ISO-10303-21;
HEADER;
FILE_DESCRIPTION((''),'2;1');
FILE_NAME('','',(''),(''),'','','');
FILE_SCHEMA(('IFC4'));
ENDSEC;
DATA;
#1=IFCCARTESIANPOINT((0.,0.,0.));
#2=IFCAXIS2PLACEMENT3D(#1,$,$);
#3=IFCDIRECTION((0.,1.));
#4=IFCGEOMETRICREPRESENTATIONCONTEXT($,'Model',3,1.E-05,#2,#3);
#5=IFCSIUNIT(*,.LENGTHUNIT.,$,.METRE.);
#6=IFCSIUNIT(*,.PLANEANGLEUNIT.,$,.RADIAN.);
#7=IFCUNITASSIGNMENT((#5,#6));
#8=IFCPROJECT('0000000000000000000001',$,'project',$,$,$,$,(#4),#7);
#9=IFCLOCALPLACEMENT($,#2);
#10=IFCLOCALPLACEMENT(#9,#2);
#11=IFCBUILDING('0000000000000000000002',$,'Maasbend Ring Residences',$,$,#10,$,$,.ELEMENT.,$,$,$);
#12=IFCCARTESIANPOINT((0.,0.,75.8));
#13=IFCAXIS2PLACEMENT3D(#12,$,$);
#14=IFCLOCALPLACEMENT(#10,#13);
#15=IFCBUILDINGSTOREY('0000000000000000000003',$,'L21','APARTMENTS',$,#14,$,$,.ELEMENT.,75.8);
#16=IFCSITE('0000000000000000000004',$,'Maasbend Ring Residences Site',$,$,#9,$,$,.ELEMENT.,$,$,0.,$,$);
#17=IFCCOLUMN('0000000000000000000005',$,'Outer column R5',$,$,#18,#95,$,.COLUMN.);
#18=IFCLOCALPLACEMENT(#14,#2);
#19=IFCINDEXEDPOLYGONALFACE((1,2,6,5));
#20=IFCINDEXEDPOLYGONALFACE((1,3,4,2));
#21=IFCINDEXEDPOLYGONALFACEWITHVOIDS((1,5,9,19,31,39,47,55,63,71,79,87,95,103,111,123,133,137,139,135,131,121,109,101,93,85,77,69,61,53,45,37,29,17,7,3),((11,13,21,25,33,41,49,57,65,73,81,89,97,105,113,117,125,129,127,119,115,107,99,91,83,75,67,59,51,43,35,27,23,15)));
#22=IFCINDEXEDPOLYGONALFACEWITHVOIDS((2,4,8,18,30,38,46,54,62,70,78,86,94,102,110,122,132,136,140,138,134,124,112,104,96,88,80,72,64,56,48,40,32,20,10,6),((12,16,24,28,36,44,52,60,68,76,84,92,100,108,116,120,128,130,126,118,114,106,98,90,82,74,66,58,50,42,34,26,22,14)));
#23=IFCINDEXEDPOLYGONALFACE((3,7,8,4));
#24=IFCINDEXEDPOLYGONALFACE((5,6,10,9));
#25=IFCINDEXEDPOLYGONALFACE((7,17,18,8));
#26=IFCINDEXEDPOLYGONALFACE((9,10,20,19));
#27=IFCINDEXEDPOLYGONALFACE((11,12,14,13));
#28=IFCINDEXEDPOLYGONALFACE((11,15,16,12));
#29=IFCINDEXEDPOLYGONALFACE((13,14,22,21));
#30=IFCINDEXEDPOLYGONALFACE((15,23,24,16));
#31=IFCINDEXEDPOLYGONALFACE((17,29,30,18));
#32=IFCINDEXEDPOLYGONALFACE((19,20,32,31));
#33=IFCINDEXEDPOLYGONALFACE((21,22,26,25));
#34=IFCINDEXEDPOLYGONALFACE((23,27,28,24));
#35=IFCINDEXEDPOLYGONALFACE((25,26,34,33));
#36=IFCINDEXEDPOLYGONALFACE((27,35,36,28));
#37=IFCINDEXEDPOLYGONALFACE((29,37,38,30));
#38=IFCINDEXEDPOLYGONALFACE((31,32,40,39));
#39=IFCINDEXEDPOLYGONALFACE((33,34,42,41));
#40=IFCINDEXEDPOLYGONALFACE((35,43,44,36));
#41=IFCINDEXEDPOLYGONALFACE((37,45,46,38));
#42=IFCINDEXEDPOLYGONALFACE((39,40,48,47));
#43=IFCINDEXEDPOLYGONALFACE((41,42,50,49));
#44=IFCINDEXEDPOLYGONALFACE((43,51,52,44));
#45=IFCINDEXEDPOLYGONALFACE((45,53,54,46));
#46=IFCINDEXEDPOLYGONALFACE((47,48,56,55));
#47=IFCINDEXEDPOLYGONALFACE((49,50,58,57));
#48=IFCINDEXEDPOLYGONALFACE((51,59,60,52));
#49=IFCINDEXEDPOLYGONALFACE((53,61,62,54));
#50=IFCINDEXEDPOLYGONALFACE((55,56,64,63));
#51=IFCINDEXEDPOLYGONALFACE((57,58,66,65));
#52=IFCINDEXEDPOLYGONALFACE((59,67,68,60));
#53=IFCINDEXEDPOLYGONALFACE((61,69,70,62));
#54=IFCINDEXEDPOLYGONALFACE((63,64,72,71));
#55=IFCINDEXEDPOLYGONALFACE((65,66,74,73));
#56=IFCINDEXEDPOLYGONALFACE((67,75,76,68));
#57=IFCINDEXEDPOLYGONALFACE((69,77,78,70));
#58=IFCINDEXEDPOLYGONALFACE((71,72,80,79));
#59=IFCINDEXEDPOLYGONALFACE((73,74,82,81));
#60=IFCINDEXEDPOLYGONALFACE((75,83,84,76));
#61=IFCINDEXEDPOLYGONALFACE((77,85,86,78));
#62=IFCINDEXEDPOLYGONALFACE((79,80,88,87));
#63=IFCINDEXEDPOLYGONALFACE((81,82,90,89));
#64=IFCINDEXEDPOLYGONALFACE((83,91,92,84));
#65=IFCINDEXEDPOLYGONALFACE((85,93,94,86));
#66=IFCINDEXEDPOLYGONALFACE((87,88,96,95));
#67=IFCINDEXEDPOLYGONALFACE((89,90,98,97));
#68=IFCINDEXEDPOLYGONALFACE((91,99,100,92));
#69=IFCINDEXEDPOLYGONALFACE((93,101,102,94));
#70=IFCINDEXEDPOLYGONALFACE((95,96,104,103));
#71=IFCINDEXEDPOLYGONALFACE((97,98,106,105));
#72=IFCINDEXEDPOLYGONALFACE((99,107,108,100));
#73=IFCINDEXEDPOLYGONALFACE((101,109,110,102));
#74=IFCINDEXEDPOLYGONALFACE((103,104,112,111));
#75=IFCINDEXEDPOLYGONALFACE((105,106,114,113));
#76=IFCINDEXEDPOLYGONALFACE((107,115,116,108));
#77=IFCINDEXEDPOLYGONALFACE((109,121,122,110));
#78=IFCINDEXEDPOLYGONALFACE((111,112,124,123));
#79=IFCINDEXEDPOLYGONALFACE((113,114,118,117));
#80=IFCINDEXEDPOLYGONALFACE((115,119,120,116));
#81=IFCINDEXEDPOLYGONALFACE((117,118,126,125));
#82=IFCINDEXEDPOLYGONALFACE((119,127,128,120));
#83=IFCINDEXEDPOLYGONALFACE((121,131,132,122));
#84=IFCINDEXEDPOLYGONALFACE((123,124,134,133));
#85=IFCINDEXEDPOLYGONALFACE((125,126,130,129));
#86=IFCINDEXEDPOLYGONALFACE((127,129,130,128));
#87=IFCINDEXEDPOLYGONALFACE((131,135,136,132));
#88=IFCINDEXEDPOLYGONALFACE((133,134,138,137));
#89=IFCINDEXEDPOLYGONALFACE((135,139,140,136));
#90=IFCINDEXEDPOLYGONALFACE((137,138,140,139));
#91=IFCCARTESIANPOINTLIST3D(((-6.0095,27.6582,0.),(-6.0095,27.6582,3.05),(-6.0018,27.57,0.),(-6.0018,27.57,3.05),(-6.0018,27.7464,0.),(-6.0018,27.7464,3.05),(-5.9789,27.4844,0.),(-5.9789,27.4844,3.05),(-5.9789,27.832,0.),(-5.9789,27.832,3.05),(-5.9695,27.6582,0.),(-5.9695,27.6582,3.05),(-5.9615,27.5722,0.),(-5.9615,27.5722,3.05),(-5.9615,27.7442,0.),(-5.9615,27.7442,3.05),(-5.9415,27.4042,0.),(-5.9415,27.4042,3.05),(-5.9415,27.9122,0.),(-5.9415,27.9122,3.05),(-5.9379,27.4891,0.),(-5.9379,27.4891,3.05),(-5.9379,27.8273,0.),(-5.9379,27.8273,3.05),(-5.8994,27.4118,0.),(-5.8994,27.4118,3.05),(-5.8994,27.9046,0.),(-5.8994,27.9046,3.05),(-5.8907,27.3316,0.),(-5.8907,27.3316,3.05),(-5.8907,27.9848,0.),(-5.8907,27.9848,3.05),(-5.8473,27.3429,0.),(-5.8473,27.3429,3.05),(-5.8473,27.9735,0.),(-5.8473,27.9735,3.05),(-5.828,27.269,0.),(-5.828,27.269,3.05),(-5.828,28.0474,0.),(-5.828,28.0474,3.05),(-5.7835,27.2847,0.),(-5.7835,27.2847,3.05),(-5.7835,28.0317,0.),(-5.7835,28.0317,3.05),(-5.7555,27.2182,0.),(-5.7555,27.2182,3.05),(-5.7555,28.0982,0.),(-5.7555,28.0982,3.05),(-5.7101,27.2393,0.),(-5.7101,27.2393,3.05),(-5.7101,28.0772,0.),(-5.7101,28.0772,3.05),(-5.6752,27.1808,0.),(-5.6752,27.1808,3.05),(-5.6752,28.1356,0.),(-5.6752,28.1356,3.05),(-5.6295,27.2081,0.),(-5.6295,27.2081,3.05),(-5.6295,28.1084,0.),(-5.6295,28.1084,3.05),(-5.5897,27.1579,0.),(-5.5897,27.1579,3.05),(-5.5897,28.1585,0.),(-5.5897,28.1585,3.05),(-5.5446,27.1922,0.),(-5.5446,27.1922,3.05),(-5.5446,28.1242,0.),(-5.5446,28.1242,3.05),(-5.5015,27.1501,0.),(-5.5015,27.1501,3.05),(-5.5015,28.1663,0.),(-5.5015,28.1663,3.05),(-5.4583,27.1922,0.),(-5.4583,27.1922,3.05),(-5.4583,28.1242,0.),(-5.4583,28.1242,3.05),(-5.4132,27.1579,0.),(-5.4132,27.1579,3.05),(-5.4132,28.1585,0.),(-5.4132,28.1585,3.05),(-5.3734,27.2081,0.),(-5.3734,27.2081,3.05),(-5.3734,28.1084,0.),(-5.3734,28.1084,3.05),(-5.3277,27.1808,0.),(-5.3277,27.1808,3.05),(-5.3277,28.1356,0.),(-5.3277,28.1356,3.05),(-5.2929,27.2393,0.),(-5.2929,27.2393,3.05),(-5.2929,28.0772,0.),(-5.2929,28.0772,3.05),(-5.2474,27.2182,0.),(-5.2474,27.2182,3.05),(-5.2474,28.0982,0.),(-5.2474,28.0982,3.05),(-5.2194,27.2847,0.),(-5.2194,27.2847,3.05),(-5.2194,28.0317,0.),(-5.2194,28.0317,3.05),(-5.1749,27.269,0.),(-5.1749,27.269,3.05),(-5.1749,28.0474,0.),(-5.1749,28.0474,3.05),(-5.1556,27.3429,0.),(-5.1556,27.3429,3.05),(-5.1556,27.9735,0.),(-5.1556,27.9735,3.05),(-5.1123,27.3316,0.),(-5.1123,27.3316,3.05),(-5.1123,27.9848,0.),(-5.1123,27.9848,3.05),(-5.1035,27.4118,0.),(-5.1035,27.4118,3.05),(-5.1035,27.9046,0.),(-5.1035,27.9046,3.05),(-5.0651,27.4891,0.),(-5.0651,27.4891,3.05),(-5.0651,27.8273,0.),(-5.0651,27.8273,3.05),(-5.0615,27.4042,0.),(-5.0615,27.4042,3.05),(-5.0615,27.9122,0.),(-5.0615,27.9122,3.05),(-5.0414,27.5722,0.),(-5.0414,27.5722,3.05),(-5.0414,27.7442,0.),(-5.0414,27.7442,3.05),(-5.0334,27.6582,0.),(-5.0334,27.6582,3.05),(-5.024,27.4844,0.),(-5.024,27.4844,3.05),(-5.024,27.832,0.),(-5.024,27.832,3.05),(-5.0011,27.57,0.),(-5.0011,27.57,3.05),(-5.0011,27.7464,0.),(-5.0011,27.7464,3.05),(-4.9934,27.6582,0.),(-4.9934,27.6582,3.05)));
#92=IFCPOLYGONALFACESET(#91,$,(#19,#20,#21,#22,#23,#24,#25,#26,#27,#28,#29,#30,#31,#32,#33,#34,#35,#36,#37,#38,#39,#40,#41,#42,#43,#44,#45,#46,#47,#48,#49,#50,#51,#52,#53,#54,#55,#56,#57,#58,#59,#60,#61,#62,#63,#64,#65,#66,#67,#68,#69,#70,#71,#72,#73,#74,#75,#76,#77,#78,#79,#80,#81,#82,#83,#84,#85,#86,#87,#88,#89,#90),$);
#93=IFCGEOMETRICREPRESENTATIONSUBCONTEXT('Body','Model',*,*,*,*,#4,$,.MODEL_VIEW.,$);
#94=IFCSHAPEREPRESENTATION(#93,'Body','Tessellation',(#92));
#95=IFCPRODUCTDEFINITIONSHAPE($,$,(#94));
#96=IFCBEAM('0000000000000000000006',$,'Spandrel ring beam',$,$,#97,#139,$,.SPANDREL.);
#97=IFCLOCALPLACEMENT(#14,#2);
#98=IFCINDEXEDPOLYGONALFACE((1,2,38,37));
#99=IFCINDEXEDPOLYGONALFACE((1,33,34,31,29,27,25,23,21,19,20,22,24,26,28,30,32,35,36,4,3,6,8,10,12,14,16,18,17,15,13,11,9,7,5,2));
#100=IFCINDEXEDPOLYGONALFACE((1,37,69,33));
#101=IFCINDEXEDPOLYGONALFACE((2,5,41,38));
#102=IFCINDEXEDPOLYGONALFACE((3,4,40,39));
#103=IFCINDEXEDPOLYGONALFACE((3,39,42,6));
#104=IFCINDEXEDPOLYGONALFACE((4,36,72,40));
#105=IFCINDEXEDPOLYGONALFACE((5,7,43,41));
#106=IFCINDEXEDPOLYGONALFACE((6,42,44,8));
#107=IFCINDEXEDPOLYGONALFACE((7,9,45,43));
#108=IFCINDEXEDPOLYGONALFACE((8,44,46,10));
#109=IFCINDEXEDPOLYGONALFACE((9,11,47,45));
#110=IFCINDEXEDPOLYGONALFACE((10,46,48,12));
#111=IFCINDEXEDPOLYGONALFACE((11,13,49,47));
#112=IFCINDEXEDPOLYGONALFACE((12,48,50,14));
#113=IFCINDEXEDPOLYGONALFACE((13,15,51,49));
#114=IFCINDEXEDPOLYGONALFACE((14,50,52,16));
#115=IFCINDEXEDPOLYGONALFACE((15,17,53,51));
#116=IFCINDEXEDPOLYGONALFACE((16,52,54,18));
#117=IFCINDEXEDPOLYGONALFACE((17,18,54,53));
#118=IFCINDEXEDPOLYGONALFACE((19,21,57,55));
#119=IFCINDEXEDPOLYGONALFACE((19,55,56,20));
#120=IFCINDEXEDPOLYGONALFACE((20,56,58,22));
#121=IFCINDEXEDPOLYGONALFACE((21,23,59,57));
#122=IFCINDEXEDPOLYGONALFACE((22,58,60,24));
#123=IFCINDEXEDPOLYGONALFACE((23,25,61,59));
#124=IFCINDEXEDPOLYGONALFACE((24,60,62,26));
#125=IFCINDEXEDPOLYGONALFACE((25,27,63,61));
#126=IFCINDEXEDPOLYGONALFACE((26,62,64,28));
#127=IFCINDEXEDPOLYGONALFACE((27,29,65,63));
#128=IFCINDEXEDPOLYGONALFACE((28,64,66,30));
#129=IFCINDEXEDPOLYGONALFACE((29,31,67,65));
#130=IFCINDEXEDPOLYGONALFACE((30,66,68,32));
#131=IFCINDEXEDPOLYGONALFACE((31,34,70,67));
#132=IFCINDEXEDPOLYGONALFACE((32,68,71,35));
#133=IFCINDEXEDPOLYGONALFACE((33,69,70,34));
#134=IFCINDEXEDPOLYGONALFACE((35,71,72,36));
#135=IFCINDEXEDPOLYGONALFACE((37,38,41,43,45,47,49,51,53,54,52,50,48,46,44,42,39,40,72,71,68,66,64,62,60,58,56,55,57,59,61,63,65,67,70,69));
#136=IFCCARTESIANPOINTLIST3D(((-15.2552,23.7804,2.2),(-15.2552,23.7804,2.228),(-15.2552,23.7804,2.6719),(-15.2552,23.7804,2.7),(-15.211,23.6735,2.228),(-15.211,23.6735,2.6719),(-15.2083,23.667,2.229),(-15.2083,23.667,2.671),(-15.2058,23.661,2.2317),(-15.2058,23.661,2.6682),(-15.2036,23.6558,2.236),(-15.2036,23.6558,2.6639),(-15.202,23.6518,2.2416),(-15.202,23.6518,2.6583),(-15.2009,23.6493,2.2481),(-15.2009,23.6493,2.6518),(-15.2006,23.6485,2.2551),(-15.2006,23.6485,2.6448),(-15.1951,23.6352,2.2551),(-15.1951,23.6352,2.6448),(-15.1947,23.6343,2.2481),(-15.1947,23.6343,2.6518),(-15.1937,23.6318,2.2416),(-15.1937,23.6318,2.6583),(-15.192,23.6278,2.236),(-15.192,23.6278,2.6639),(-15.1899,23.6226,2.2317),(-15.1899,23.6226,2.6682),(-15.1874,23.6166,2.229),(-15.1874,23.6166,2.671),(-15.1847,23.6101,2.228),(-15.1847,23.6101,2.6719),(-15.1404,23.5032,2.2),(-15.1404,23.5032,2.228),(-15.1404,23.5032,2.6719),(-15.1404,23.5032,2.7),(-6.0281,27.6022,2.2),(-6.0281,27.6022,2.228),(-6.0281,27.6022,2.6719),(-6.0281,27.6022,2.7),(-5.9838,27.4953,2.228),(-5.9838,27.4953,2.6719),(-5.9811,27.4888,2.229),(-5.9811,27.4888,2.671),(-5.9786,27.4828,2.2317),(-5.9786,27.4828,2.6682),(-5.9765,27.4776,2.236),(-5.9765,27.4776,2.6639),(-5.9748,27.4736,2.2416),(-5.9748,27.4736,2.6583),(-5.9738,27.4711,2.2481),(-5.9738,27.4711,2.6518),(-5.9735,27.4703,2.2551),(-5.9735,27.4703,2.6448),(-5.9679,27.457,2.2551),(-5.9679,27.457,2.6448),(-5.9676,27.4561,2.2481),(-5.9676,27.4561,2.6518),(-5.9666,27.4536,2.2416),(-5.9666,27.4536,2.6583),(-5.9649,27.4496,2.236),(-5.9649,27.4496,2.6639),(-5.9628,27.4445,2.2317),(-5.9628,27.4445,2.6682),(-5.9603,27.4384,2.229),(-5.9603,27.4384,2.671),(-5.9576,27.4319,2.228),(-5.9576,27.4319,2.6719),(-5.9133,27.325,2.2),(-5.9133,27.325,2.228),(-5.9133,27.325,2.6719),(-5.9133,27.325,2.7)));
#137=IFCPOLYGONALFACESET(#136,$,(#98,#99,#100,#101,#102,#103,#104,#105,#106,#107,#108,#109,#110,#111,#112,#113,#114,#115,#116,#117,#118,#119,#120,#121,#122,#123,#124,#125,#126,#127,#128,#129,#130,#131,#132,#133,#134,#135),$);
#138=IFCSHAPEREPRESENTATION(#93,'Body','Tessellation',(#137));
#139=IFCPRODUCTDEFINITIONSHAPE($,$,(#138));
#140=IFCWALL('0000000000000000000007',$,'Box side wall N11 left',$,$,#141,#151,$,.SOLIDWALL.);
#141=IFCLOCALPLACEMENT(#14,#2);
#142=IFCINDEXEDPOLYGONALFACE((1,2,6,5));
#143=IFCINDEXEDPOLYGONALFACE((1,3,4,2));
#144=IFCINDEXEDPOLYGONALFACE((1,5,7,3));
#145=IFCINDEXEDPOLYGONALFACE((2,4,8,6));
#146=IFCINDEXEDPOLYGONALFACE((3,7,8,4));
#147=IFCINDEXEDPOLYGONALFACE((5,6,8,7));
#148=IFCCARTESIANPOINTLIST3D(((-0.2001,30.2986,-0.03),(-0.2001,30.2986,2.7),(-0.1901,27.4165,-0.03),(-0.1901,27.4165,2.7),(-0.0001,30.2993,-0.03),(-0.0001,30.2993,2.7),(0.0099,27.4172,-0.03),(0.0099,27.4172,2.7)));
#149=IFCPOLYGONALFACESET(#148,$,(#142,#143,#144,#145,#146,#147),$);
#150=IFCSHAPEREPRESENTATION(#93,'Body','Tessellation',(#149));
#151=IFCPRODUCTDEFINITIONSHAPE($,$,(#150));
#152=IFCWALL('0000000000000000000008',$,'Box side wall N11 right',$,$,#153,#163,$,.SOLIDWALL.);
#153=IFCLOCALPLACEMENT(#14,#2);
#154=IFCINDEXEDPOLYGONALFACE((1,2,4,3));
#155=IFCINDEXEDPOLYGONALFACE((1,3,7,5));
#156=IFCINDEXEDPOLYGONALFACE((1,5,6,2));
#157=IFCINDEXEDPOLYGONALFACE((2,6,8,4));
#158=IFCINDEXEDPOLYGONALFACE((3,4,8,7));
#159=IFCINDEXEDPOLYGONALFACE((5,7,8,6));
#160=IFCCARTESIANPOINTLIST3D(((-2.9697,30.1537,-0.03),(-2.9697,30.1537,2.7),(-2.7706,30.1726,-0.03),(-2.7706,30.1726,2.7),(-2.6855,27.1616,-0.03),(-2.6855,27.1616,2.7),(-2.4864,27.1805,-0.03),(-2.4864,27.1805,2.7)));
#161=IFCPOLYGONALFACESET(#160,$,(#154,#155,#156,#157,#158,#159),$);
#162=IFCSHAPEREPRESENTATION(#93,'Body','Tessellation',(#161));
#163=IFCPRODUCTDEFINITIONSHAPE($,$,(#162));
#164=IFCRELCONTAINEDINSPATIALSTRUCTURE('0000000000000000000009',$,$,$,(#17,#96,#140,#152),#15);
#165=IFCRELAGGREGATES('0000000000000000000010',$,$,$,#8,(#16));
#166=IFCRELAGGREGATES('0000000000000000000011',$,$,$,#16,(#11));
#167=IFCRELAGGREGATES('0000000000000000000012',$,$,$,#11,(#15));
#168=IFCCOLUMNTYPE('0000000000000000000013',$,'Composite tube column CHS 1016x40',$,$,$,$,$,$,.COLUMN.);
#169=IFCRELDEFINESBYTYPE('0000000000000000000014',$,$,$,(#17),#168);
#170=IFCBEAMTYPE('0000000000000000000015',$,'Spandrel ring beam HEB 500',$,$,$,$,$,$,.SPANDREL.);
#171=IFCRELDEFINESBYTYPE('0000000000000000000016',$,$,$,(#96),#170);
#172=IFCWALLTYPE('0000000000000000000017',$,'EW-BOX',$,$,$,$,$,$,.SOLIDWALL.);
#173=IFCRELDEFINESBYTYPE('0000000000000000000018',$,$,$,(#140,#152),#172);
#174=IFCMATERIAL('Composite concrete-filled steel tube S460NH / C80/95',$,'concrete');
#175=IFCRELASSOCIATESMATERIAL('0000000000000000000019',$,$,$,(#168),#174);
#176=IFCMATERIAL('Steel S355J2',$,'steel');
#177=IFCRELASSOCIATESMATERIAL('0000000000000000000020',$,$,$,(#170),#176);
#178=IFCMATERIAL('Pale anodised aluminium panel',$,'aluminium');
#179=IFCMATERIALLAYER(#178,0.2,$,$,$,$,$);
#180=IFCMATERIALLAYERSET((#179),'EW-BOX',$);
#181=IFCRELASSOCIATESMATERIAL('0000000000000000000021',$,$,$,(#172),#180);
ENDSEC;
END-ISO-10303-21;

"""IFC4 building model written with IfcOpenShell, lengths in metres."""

from ifc_helpers import new_model, si_unit, direction, frame, frame_2d, origin, origin_2d, place, context, subcontext, project, spatial, rectangle, hollow_circle, i_section, extrude, material, layer, layer_set, material_profile, profile_set, type_object, element, save


model = new_model("IFC4")

# Units and contexts
model_context = context("Model", 3, precision=1e-05, world=origin(), true_north=direction((0.0, 1.0)))
body_context = subcontext(model_context, "Body", "Model", "MODEL_VIEW")
ifc_project = project(units=[si_unit("LENGTHUNIT", "METRE"), si_unit("PLANEANGLEUNIT", "RADIAN")], contexts=[model_context])

# Site, building, storey
site_placement = place(None, origin())
site = spatial("IfcSite", under=ifc_project, at=site_placement, Name="Maasbend Ring Residences Site", CompositionType="ELEMENT", RefElevation=0.0)
building_placement = place(site_placement, origin())
building = spatial("IfcBuilding", under=site, at=building_placement, Name="Maasbend Ring Residences", CompositionType="ELEMENT")
storey_placement = place(building_placement, frame((0.0, 0.0, 75.8)))
storey = spatial("IfcBuildingStorey", under=building, at=storey_placement, Name="L21", Description="APARTMENTS", CompositionType="ELEMENT", Elevation=75.8)

# Column
ifc_material_1 = material(Name="Composite concrete-filled steel tube S460NH / C80/95", Category="concrete")
ifc_material_profile_1 = material_profile(ifc_material_1, hollow_circle(Radius=0.5081, WallThickness=0.04, at=origin_2d()), Name="Composite tube column CHS 1016x40")
ifc_profile_set_1 = profile_set([ifc_material_profile_1], Name="Composite concrete-filled steel tube S460NH / C80/95")
column_type = type_object("IfcColumnType", Name="Composite tube column CHS 1016x40", PredefinedType="COLUMN", material=ifc_profile_set_1)
column_placement = place(storey_placement, frame((-5.5015, 27.6582, 0.0), z_axis=(0.0, 0.0, 1.0), x_axis=(1.0, 0.0, 0.0)))
element("IfcColumn", 1, at=column_placement, inside=storey, type_object=column_type, Name="Outer column R5", PredefinedType="COLUMN", context=body_context, shape_type="SweptSolid", body=[
    extrude(hollow_circle(Radius=0.5081, WallThickness=0.04, at=origin_2d()), origin(), (0.0, 0.0, 1.0), 3.05),
])

# Beam
ifc_material_2 = material(Name="Steel S355J2", Category="steel")
ifc_material_profile_2 = material_profile(ifc_material_2, i_section(OverallWidth=0.3, OverallDepth=0.5, WebThickness=0.0144, FlangeThickness=0.0281, FilletRadius=0.0271, at=origin_2d()), Name="HEB 500")
ifc_profile_set_2 = profile_set([ifc_material_profile_2], Name="Steel S355J2")
beam_type = type_object("IfcBeamType", Name="Spandrel ring beam HEB 500", PredefinedType="SPANDREL", material=ifc_profile_set_2)
beam_placement = place(storey_placement, frame((-5.9707, 27.4636, 2.45), z_axis=(-0.923886, -0.382667, 0.0), x_axis=(0.382667, -0.923886, 0.0)))
element("IfcBeam", 2, at=beam_placement, inside=storey, type_object=beam_type, Name="Spandrel ring beam", PredefinedType="SPANDREL", context=body_context, shape_type="SweptSolid", body=[
    extrude(i_section(OverallWidth=0.3, OverallDepth=0.5, WebThickness=0.0144, FlangeThickness=0.0281, FilletRadius=0.0271, at=origin_2d()), origin(), (0.0, 0.0, 1.0), 9.9873),
])

# Walls
ifc_material_3 = material(Name="Pale anodised aluminium panel", Category="aluminium")
ifc_layer_1 = layer(ifc_material_3, 0.2)
ifc_layer_set_1 = layer_set([ifc_layer_1], Name="EW-BOX")
wall_type_1 = type_object("IfcWallType", Name="EW-BOX", PredefinedType="SOLIDWALL", material=ifc_layer_set_1)
wall_1_placement = place(storey_placement, frame((-0.0901, 27.417, -0.03), z_axis=(0.0, 0.0, 1.0), x_axis=(-0.003473, 0.999994, 0.0)))
element("IfcWall", 3, at=wall_1_placement, inside=storey, type_object=wall_type_1, Name="Box side wall N11 left", PredefinedType="SOLIDWALL", context=body_context, shape_type="SweptSolid", body=[
    extrude(rectangle(XDim=2.8821, YDim=0.2, at=frame_2d((1.4409, 0.0))), origin(), (0.0, 0.0, 1.0), 2.73),
])
wall_2_placement = place(storey_placement, frame((-2.5859, 27.1709, -0.03), z_axis=(0.0, 0.0, 1.0), x_axis=(-0.094548, 0.99552, 0.0)))
element("IfcWall", 4, at=wall_2_placement, inside=storey, type_object=wall_type_1, Name="Box side wall N11 right", PredefinedType="SOLIDWALL", context=body_context, shape_type="SweptSolid", body=[
    extrude(rectangle(XDim=3.0056, YDim=0.2, at=frame_2d((1.5029, 0.0))), origin(), (0.0, 0.0, 1.0), 2.73),
])

save(model, "model.ifc")
